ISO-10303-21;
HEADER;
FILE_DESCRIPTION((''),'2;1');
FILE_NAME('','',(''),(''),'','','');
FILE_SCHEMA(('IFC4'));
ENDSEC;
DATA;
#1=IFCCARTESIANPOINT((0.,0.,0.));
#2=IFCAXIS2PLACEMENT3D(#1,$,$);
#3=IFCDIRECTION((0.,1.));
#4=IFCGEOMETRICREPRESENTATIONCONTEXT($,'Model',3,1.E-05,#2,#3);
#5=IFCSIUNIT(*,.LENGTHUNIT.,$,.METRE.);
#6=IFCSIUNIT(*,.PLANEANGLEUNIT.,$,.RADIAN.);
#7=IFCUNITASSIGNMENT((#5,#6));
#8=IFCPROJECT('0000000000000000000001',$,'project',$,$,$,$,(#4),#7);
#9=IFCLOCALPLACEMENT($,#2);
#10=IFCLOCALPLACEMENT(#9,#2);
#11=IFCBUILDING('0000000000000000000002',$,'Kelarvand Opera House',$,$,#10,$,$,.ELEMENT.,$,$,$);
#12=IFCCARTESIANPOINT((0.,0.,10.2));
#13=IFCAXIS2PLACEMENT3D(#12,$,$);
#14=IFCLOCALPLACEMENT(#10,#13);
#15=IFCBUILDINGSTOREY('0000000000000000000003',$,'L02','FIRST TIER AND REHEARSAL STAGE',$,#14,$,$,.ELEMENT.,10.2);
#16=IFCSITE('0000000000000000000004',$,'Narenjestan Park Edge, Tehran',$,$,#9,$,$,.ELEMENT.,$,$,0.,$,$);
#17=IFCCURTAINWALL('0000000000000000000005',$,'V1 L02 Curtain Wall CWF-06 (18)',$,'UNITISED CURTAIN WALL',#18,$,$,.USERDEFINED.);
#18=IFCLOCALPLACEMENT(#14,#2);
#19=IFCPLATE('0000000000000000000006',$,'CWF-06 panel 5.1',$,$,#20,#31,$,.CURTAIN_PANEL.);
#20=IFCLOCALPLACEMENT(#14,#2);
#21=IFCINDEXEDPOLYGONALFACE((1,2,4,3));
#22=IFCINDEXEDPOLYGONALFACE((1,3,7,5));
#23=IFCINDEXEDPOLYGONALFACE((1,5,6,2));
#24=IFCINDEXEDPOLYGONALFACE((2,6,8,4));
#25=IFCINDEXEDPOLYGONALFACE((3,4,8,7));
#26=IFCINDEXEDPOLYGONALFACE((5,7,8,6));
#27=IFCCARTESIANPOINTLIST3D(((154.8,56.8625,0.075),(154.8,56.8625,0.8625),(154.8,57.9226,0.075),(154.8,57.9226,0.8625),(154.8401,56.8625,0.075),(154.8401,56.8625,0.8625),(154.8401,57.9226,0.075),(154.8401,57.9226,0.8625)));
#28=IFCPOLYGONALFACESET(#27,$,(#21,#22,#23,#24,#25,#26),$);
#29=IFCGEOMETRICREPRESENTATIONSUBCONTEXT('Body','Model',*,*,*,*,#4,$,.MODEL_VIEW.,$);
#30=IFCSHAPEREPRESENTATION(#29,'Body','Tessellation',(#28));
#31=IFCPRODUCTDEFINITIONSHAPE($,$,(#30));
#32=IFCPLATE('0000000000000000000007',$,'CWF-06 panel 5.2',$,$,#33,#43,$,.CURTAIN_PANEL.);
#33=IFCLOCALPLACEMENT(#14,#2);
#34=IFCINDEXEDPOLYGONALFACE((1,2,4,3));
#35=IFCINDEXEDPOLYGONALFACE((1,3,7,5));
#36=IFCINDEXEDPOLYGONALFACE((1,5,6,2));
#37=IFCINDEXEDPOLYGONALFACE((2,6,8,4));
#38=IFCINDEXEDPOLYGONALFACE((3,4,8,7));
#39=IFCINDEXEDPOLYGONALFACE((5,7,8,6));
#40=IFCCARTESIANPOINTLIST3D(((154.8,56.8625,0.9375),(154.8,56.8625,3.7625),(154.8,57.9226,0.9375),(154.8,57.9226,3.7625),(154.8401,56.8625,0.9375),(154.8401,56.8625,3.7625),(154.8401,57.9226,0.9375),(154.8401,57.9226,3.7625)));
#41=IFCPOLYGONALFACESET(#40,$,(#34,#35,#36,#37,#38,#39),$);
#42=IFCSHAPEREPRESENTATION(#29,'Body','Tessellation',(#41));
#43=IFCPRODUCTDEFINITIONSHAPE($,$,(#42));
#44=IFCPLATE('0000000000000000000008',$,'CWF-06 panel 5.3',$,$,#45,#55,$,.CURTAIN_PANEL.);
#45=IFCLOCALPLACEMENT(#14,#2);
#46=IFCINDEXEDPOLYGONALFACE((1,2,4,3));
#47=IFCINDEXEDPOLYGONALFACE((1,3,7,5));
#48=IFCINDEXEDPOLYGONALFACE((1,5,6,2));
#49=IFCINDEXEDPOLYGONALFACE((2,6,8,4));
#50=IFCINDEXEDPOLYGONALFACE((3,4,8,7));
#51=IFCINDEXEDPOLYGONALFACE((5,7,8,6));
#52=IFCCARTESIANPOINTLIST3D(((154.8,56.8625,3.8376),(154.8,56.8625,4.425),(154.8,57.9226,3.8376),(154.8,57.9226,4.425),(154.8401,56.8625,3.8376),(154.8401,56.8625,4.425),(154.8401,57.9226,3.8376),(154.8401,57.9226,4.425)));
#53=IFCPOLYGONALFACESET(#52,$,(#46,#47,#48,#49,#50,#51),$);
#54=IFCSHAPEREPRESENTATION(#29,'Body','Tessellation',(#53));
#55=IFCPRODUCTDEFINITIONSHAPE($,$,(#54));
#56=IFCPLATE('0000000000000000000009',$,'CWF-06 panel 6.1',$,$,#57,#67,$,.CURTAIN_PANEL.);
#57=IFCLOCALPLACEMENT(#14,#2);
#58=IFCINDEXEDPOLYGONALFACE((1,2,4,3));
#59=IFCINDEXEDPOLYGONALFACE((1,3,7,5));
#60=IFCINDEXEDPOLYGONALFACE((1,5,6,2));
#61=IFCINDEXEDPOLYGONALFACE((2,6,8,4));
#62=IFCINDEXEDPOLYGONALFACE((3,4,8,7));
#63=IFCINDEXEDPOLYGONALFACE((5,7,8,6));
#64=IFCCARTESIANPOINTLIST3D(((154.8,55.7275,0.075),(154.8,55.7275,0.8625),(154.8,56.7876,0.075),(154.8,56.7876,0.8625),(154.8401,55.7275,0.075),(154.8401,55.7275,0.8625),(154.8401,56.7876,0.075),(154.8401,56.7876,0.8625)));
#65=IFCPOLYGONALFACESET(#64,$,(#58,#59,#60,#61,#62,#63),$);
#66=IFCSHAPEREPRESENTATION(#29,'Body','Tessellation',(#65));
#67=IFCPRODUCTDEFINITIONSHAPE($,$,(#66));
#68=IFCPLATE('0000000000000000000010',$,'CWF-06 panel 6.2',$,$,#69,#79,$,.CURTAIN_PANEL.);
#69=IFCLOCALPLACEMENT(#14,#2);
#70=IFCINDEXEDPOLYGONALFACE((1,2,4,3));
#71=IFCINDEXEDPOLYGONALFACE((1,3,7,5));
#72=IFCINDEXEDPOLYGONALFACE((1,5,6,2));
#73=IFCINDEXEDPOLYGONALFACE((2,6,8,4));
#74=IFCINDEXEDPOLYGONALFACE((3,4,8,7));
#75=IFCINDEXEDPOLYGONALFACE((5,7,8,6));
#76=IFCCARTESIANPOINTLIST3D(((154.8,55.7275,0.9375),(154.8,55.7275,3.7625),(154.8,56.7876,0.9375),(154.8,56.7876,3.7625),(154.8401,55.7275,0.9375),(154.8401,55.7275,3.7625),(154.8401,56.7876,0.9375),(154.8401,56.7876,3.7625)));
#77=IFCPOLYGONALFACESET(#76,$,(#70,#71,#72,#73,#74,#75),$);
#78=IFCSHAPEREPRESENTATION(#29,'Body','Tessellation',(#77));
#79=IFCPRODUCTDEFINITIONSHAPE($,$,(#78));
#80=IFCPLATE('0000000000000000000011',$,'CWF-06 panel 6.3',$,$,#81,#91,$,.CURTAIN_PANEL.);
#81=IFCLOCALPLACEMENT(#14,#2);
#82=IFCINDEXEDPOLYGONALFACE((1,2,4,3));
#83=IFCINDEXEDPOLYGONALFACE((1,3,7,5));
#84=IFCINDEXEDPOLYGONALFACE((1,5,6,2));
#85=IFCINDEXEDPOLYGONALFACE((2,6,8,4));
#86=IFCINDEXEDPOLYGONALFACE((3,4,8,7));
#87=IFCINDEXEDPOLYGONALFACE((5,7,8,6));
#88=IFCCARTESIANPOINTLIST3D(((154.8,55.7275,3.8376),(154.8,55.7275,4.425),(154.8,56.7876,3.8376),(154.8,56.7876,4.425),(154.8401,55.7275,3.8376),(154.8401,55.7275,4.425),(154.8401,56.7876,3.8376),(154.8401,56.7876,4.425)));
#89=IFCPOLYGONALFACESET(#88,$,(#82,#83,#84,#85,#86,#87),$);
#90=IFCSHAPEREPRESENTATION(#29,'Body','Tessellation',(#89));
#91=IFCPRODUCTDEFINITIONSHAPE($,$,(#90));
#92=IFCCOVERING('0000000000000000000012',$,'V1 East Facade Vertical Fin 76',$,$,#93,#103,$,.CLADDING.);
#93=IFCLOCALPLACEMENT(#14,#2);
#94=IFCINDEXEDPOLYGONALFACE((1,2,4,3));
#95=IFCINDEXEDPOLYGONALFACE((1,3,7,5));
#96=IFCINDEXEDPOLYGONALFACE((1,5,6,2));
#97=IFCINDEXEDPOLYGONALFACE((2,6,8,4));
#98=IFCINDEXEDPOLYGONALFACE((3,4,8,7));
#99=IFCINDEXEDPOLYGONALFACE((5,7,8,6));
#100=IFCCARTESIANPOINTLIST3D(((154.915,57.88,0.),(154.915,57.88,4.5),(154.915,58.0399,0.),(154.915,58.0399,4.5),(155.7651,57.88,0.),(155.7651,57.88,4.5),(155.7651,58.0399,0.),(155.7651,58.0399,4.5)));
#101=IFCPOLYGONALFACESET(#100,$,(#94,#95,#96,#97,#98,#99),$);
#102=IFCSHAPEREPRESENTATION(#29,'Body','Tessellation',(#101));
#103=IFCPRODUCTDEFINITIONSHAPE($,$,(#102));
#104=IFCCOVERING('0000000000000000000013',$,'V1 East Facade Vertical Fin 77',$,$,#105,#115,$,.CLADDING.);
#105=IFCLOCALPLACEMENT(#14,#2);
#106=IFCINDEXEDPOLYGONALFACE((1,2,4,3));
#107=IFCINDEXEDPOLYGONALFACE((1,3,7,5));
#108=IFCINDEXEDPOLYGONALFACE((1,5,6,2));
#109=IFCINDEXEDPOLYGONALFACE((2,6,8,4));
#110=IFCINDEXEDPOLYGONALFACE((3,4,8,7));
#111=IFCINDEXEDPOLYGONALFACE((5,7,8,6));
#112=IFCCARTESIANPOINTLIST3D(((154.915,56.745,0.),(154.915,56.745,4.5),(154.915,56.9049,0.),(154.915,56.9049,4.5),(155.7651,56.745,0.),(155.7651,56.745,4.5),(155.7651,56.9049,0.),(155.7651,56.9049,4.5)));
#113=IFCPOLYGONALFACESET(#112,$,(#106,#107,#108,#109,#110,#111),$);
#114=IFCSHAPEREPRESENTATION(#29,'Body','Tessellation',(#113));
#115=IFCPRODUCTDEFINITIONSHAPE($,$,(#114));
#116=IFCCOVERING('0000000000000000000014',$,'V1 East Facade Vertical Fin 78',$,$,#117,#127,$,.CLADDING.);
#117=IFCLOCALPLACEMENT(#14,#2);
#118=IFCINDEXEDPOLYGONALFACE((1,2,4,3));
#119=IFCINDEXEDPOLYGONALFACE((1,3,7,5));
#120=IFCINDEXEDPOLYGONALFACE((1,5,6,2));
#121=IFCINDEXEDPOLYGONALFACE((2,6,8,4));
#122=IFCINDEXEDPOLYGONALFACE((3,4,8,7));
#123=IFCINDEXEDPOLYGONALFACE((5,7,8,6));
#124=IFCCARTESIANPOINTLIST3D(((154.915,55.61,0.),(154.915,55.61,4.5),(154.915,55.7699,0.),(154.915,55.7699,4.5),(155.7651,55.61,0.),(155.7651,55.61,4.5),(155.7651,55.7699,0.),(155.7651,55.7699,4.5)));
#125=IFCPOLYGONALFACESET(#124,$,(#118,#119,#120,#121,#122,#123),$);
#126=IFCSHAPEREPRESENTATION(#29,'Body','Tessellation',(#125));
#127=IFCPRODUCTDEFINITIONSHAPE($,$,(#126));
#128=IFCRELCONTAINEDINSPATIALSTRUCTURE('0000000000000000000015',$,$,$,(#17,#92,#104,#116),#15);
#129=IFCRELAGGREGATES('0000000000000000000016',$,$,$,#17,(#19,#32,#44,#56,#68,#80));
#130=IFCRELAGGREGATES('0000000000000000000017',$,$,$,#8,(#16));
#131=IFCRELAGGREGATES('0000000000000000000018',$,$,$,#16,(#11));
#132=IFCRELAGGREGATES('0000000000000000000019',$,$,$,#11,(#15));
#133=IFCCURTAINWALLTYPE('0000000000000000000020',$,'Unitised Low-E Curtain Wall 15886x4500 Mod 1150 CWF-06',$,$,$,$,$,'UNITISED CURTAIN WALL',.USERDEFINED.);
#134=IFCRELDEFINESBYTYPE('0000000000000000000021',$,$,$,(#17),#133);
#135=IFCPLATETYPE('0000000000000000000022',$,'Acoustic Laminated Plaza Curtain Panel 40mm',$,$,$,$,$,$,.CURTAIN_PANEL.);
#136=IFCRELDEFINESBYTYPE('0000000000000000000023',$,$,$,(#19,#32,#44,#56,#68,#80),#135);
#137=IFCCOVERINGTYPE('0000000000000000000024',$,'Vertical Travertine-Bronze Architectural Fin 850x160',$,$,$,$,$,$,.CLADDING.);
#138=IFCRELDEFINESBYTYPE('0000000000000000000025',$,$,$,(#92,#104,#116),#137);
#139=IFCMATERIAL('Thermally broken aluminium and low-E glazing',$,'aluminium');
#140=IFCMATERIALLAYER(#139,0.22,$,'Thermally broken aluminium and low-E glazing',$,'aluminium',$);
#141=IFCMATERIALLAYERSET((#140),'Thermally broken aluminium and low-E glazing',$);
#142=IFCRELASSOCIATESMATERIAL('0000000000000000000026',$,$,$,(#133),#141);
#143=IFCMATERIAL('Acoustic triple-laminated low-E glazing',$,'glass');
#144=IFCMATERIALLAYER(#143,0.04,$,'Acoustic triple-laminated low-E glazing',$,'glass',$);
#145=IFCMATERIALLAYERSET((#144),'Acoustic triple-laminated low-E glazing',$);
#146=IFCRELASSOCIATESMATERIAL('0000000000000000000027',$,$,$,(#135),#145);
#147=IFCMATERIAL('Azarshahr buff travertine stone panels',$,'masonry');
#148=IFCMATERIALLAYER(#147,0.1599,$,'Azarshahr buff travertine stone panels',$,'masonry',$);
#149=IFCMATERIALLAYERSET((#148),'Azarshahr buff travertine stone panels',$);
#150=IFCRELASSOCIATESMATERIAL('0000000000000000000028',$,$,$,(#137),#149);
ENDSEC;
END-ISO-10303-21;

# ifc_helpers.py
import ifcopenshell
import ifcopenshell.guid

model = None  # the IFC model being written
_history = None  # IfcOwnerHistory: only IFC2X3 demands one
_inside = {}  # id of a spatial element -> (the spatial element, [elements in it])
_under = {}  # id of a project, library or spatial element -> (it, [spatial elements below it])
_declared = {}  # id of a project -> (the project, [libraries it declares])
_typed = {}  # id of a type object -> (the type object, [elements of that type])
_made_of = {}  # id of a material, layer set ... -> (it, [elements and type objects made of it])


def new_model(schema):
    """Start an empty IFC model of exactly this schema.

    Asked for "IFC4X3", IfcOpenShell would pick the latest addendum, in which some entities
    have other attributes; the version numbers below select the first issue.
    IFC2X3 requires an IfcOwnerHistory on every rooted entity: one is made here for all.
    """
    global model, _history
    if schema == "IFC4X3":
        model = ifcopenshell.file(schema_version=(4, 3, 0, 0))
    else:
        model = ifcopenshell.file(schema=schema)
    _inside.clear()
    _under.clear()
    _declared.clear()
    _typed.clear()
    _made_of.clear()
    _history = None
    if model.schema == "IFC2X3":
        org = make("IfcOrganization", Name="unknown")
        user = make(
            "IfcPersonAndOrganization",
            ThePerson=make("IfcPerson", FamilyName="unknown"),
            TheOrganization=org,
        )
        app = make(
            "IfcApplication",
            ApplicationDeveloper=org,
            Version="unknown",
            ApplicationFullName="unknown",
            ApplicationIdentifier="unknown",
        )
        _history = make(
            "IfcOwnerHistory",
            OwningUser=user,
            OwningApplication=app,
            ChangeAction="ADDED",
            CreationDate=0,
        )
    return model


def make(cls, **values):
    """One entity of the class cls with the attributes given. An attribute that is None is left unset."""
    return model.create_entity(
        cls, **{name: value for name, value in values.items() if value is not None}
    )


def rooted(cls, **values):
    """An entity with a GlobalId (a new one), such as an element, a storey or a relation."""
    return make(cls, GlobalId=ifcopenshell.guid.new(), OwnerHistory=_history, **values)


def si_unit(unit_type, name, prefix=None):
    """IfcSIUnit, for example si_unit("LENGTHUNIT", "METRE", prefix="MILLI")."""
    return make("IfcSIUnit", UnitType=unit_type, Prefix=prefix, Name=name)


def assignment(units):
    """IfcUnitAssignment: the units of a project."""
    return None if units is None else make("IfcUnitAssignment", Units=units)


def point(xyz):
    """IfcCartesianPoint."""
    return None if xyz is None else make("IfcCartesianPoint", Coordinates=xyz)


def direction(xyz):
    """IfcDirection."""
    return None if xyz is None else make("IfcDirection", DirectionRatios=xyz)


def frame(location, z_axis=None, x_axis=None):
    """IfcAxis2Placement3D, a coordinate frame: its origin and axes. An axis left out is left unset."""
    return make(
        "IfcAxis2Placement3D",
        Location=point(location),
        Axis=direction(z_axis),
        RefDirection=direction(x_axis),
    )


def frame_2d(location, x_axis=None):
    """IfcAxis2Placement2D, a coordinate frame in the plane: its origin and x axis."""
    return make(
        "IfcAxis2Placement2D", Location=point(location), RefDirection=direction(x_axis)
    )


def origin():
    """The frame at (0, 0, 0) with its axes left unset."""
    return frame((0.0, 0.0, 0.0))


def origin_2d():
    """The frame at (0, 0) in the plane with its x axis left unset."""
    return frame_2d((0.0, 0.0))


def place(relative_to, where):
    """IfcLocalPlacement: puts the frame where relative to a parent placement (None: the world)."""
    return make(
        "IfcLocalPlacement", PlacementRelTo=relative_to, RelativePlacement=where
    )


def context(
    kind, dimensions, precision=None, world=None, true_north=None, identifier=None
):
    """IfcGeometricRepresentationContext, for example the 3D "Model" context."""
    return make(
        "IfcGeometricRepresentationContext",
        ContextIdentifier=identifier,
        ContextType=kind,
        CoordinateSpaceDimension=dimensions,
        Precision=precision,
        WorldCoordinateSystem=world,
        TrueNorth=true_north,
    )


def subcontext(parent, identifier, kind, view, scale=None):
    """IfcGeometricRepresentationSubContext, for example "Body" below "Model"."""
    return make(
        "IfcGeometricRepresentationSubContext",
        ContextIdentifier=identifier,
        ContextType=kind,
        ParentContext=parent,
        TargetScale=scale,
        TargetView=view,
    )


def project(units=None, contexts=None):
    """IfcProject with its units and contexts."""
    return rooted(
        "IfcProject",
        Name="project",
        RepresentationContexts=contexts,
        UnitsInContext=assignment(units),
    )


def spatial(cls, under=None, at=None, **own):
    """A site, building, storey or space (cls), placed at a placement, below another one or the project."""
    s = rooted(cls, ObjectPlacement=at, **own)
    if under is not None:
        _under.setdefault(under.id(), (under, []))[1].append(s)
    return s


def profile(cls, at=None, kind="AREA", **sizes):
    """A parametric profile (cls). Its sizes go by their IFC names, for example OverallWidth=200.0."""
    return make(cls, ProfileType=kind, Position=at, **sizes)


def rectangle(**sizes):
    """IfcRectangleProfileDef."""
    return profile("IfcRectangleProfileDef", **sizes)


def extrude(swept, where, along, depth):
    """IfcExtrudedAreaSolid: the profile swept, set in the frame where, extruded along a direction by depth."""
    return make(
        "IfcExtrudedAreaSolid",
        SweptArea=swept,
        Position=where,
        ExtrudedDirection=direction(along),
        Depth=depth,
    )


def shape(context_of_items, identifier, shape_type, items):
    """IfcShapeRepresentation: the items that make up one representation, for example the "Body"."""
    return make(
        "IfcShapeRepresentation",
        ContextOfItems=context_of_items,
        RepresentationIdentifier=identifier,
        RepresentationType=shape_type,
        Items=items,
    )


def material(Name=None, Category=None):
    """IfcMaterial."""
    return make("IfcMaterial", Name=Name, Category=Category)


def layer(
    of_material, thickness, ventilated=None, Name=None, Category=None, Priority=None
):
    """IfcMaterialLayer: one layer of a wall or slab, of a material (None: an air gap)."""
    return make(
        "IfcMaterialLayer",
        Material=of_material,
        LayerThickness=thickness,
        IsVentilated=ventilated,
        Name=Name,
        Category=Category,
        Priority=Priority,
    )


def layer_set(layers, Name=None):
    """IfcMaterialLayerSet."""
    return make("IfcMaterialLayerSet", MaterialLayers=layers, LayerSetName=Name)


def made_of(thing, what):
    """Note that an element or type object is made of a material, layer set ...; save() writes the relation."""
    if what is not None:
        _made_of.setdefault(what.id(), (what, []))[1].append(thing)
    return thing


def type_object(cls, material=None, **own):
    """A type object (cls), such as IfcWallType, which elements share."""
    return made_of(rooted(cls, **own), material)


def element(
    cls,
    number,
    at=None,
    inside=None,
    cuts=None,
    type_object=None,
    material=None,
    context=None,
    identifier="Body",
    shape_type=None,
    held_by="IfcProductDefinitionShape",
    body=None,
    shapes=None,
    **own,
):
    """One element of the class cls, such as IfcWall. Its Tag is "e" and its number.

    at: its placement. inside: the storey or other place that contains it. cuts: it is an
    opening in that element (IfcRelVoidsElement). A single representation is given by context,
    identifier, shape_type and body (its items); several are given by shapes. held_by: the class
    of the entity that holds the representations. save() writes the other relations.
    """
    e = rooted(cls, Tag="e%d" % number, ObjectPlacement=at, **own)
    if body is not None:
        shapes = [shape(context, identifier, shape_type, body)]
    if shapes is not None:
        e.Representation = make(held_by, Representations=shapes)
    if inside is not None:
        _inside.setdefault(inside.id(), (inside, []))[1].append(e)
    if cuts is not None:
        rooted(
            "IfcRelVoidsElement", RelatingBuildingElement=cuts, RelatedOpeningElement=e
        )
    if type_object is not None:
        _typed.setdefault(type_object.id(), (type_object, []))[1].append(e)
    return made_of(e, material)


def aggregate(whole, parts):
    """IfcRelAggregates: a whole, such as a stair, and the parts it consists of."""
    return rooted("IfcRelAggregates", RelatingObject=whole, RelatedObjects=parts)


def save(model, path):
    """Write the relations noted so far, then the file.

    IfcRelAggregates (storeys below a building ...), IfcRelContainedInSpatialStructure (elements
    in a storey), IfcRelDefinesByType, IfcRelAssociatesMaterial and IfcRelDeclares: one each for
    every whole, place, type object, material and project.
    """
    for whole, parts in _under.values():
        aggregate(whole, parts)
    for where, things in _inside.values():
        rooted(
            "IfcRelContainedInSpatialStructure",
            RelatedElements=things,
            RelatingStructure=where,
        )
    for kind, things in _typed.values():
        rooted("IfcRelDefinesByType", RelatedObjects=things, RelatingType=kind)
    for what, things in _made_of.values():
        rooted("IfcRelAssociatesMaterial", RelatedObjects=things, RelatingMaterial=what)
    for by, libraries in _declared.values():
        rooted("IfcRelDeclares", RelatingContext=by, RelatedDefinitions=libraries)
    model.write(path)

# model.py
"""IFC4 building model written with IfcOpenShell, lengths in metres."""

from ifc_helpers import new_model, si_unit, direction, frame, origin, origin_2d, place, context, subcontext, project, spatial, rectangle, extrude, material, layer, layer_set, type_object, element, aggregate, save


model = new_model("IFC4")

# Units and contexts
model_context = context("Model", 3, precision=1e-05, world=origin(), true_north=direction((0.0, 1.0)))
body_context = subcontext(model_context, "Body", "Model", "MODEL_VIEW")
ifc_project = project(units=[si_unit("LENGTHUNIT", "METRE"), si_unit("PLANEANGLEUNIT", "RADIAN")], contexts=[model_context])

# Site, building, storey
site_placement = place(None, origin())
site = spatial("IfcSite", under=ifc_project, at=site_placement, Name="Narenjestan Park Edge, Tehran", CompositionType="ELEMENT", RefElevation=0.0)
building_placement = place(site_placement, origin())
building = spatial("IfcBuilding", under=site, at=building_placement, Name="Kelarvand Opera House", CompositionType="ELEMENT")
storey_placement = place(building_placement, frame((0.0, 0.0, 10.2)))
storey = spatial("IfcBuildingStorey", under=building, at=storey_placement, Name="L02", Description="FIRST TIER AND REHEARSAL STAGE", CompositionType="ELEMENT", Elevation=10.2)

# Curtain wall, plates
ifc_material_1 = material(Name="Thermally broken aluminium and low-E glazing", Category="aluminium")
ifc_layer_1 = layer(ifc_material_1, 0.22, Name="Thermally broken aluminium and low-E glazing", Category="aluminium")
ifc_layer_set_1 = layer_set([ifc_layer_1], Name="Thermally broken aluminium and low-E glazing")
curtain_wall_type = type_object("IfcCurtainWallType", Name="Unitised Low-E Curtain Wall 15886x4500 Mod 1150 CWF-06", ElementType="UNITISED CURTAIN WALL", PredefinedType="USERDEFINED", material=ifc_layer_set_1)
curtain_wall_placement = place(storey_placement, origin())
curtain_wall = element("IfcCurtainWall", 1, at=curtain_wall_placement, inside=storey, type_object=curtain_wall_type, Name="V1 L02 Curtain Wall CWF-06 (18)", ObjectType="UNITISED CURTAIN WALL", PredefinedType="USERDEFINED")
ifc_material_2 = material(Name="Acoustic triple-laminated low-E glazing", Category="glass")
ifc_layer_2 = layer(ifc_material_2, 0.04, Name="Acoustic triple-laminated low-E glazing", Category="glass")
ifc_layer_set_2 = layer_set([ifc_layer_2], Name="Acoustic triple-laminated low-E glazing")
plate_type = type_object("IfcPlateType", Name="Acoustic Laminated Plaza Curtain Panel 40mm", PredefinedType="CURTAIN_PANEL", material=ifc_layer_set_2)
plate_1_placement = place(storey_placement, frame((154.8201, 57.3926, 0.075), z_axis=(0.0, 0.0, 1.0), x_axis=(0.0, -1.0, 0.0)))
plate_1 = element("IfcPlate", 2, at=plate_1_placement, type_object=plate_type, Name="CWF-06 panel 5.1", PredefinedType="CURTAIN_PANEL", context=body_context, shape_type="SweptSolid", body=[
    extrude(rectangle(XDim=1.0601, YDim=0.04, at=origin_2d()), origin(), (0.0, 0.0, 1.0), 0.7876),
])
plate_2_placement = place(storey_placement, frame((154.8201, 57.3926, 0.9375), z_axis=(0.0, 0.0, 1.0), x_axis=(0.0, -1.0, 0.0)))
plate_2 = element("IfcPlate", 3, at=plate_2_placement, type_object=plate_type, Name="CWF-06 panel 5.2", PredefinedType="CURTAIN_PANEL", context=body_context, shape_type="SweptSolid", body=[
    extrude(rectangle(XDim=1.0601, YDim=0.04, at=origin_2d()), origin(), (0.0, 0.0, 1.0), 2.825),
])
plate_3_placement = place(storey_placement, frame((154.8201, 57.3926, 3.8376), z_axis=(0.0, 0.0, 1.0), x_axis=(0.0, -1.0, 0.0)))
plate_3 = element("IfcPlate", 4, at=plate_3_placement, type_object=plate_type, Name="CWF-06 panel 5.3", PredefinedType="CURTAIN_PANEL", context=body_context, shape_type="SweptSolid", body=[
    extrude(rectangle(XDim=1.0601, YDim=0.04, at=origin_2d()), origin(), (0.0, 0.0, 1.0), 0.5874),
])
plate_4_placement = place(storey_placement, frame((154.8201, 56.2576, 0.075), z_axis=(0.0, 0.0, 1.0), x_axis=(0.0, -1.0, 0.0)))
plate_4 = element("IfcPlate", 5, at=plate_4_placement, type_object=plate_type, Name="CWF-06 panel 6.1", PredefinedType="CURTAIN_PANEL", context=body_context, shape_type="SweptSolid", body=[
    extrude(rectangle(XDim=1.0601, YDim=0.04, at=origin_2d()), origin(), (0.0, 0.0, 1.0), 0.7876),
])
plate_5_placement = place(storey_placement, frame((154.8201, 56.2576, 0.9375), z_axis=(0.0, 0.0, 1.0), x_axis=(0.0, -1.0, 0.0)))
plate_5 = element("IfcPlate", 6, at=plate_5_placement, type_object=plate_type, Name="CWF-06 panel 6.2", PredefinedType="CURTAIN_PANEL", context=body_context, shape_type="SweptSolid", body=[
    extrude(rectangle(XDim=1.0601, YDim=0.04, at=origin_2d()), origin(), (0.0, 0.0, 1.0), 2.825),
])
plate_6_placement = place(storey_placement, frame((154.8201, 56.2576, 3.8376), z_axis=(0.0, 0.0, 1.0), x_axis=(0.0, -1.0, 0.0)))
plate_6 = element("IfcPlate", 7, at=plate_6_placement, type_object=plate_type, Name="CWF-06 panel 6.3", PredefinedType="CURTAIN_PANEL", context=body_context, shape_type="SweptSolid", body=[
    extrude(rectangle(XDim=1.0601, YDim=0.04, at=origin_2d()), origin(), (0.0, 0.0, 1.0), 0.5874),
])
aggregate(curtain_wall, [plate_1, plate_2, plate_3, plate_4, plate_5, plate_6])

# Coverings
ifc_material_3 = material(Name="Azarshahr buff travertine stone panels", Category="masonry")
ifc_layer_3 = layer(ifc_material_3, 0.1599, Name="Azarshahr buff travertine stone panels", Category="masonry")
ifc_layer_set_3 = layer_set([ifc_layer_3], Name="Azarshahr buff travertine stone panels")
covering_type = type_object("IfcCoveringType", Name="Vertical Travertine-Bronze Architectural Fin 850x160", PredefinedType="CLADDING", material=ifc_layer_set_3)
for number, where, z_axis, x_axis, name in (
    (8, (155.3401, 57.96, 0.0), (0.0, 0.0, 1.0), (1.0, 0.0, 0.0), "V1 East Facade Vertical Fin 76"),
    (9, (155.3401, 56.825, 0.0), (0.0, 0.0, 1.0), (1.0, 0.0, 0.0), "V1 East Facade Vertical Fin 77"),
    (10, (155.3401, 55.6899, 0.0), (0.0, 0.0, 1.0), (1.0, 0.0, 0.0), "V1 East Facade Vertical Fin 78"),
):
    element("IfcCovering", number, at=place(storey_placement, frame(where, z_axis=z_axis, x_axis=x_axis)), inside=storey, type_object=covering_type, Name=name, PredefinedType="CLADDING", context=body_context, shape_type="SweptSolid", body=[
        extrude(rectangle(XDim=0.8501, YDim=0.1599, at=origin_2d()), origin(), (0.0, 0.0, 1.0), 4.5),
    ])

save(model, "model.ifc")
